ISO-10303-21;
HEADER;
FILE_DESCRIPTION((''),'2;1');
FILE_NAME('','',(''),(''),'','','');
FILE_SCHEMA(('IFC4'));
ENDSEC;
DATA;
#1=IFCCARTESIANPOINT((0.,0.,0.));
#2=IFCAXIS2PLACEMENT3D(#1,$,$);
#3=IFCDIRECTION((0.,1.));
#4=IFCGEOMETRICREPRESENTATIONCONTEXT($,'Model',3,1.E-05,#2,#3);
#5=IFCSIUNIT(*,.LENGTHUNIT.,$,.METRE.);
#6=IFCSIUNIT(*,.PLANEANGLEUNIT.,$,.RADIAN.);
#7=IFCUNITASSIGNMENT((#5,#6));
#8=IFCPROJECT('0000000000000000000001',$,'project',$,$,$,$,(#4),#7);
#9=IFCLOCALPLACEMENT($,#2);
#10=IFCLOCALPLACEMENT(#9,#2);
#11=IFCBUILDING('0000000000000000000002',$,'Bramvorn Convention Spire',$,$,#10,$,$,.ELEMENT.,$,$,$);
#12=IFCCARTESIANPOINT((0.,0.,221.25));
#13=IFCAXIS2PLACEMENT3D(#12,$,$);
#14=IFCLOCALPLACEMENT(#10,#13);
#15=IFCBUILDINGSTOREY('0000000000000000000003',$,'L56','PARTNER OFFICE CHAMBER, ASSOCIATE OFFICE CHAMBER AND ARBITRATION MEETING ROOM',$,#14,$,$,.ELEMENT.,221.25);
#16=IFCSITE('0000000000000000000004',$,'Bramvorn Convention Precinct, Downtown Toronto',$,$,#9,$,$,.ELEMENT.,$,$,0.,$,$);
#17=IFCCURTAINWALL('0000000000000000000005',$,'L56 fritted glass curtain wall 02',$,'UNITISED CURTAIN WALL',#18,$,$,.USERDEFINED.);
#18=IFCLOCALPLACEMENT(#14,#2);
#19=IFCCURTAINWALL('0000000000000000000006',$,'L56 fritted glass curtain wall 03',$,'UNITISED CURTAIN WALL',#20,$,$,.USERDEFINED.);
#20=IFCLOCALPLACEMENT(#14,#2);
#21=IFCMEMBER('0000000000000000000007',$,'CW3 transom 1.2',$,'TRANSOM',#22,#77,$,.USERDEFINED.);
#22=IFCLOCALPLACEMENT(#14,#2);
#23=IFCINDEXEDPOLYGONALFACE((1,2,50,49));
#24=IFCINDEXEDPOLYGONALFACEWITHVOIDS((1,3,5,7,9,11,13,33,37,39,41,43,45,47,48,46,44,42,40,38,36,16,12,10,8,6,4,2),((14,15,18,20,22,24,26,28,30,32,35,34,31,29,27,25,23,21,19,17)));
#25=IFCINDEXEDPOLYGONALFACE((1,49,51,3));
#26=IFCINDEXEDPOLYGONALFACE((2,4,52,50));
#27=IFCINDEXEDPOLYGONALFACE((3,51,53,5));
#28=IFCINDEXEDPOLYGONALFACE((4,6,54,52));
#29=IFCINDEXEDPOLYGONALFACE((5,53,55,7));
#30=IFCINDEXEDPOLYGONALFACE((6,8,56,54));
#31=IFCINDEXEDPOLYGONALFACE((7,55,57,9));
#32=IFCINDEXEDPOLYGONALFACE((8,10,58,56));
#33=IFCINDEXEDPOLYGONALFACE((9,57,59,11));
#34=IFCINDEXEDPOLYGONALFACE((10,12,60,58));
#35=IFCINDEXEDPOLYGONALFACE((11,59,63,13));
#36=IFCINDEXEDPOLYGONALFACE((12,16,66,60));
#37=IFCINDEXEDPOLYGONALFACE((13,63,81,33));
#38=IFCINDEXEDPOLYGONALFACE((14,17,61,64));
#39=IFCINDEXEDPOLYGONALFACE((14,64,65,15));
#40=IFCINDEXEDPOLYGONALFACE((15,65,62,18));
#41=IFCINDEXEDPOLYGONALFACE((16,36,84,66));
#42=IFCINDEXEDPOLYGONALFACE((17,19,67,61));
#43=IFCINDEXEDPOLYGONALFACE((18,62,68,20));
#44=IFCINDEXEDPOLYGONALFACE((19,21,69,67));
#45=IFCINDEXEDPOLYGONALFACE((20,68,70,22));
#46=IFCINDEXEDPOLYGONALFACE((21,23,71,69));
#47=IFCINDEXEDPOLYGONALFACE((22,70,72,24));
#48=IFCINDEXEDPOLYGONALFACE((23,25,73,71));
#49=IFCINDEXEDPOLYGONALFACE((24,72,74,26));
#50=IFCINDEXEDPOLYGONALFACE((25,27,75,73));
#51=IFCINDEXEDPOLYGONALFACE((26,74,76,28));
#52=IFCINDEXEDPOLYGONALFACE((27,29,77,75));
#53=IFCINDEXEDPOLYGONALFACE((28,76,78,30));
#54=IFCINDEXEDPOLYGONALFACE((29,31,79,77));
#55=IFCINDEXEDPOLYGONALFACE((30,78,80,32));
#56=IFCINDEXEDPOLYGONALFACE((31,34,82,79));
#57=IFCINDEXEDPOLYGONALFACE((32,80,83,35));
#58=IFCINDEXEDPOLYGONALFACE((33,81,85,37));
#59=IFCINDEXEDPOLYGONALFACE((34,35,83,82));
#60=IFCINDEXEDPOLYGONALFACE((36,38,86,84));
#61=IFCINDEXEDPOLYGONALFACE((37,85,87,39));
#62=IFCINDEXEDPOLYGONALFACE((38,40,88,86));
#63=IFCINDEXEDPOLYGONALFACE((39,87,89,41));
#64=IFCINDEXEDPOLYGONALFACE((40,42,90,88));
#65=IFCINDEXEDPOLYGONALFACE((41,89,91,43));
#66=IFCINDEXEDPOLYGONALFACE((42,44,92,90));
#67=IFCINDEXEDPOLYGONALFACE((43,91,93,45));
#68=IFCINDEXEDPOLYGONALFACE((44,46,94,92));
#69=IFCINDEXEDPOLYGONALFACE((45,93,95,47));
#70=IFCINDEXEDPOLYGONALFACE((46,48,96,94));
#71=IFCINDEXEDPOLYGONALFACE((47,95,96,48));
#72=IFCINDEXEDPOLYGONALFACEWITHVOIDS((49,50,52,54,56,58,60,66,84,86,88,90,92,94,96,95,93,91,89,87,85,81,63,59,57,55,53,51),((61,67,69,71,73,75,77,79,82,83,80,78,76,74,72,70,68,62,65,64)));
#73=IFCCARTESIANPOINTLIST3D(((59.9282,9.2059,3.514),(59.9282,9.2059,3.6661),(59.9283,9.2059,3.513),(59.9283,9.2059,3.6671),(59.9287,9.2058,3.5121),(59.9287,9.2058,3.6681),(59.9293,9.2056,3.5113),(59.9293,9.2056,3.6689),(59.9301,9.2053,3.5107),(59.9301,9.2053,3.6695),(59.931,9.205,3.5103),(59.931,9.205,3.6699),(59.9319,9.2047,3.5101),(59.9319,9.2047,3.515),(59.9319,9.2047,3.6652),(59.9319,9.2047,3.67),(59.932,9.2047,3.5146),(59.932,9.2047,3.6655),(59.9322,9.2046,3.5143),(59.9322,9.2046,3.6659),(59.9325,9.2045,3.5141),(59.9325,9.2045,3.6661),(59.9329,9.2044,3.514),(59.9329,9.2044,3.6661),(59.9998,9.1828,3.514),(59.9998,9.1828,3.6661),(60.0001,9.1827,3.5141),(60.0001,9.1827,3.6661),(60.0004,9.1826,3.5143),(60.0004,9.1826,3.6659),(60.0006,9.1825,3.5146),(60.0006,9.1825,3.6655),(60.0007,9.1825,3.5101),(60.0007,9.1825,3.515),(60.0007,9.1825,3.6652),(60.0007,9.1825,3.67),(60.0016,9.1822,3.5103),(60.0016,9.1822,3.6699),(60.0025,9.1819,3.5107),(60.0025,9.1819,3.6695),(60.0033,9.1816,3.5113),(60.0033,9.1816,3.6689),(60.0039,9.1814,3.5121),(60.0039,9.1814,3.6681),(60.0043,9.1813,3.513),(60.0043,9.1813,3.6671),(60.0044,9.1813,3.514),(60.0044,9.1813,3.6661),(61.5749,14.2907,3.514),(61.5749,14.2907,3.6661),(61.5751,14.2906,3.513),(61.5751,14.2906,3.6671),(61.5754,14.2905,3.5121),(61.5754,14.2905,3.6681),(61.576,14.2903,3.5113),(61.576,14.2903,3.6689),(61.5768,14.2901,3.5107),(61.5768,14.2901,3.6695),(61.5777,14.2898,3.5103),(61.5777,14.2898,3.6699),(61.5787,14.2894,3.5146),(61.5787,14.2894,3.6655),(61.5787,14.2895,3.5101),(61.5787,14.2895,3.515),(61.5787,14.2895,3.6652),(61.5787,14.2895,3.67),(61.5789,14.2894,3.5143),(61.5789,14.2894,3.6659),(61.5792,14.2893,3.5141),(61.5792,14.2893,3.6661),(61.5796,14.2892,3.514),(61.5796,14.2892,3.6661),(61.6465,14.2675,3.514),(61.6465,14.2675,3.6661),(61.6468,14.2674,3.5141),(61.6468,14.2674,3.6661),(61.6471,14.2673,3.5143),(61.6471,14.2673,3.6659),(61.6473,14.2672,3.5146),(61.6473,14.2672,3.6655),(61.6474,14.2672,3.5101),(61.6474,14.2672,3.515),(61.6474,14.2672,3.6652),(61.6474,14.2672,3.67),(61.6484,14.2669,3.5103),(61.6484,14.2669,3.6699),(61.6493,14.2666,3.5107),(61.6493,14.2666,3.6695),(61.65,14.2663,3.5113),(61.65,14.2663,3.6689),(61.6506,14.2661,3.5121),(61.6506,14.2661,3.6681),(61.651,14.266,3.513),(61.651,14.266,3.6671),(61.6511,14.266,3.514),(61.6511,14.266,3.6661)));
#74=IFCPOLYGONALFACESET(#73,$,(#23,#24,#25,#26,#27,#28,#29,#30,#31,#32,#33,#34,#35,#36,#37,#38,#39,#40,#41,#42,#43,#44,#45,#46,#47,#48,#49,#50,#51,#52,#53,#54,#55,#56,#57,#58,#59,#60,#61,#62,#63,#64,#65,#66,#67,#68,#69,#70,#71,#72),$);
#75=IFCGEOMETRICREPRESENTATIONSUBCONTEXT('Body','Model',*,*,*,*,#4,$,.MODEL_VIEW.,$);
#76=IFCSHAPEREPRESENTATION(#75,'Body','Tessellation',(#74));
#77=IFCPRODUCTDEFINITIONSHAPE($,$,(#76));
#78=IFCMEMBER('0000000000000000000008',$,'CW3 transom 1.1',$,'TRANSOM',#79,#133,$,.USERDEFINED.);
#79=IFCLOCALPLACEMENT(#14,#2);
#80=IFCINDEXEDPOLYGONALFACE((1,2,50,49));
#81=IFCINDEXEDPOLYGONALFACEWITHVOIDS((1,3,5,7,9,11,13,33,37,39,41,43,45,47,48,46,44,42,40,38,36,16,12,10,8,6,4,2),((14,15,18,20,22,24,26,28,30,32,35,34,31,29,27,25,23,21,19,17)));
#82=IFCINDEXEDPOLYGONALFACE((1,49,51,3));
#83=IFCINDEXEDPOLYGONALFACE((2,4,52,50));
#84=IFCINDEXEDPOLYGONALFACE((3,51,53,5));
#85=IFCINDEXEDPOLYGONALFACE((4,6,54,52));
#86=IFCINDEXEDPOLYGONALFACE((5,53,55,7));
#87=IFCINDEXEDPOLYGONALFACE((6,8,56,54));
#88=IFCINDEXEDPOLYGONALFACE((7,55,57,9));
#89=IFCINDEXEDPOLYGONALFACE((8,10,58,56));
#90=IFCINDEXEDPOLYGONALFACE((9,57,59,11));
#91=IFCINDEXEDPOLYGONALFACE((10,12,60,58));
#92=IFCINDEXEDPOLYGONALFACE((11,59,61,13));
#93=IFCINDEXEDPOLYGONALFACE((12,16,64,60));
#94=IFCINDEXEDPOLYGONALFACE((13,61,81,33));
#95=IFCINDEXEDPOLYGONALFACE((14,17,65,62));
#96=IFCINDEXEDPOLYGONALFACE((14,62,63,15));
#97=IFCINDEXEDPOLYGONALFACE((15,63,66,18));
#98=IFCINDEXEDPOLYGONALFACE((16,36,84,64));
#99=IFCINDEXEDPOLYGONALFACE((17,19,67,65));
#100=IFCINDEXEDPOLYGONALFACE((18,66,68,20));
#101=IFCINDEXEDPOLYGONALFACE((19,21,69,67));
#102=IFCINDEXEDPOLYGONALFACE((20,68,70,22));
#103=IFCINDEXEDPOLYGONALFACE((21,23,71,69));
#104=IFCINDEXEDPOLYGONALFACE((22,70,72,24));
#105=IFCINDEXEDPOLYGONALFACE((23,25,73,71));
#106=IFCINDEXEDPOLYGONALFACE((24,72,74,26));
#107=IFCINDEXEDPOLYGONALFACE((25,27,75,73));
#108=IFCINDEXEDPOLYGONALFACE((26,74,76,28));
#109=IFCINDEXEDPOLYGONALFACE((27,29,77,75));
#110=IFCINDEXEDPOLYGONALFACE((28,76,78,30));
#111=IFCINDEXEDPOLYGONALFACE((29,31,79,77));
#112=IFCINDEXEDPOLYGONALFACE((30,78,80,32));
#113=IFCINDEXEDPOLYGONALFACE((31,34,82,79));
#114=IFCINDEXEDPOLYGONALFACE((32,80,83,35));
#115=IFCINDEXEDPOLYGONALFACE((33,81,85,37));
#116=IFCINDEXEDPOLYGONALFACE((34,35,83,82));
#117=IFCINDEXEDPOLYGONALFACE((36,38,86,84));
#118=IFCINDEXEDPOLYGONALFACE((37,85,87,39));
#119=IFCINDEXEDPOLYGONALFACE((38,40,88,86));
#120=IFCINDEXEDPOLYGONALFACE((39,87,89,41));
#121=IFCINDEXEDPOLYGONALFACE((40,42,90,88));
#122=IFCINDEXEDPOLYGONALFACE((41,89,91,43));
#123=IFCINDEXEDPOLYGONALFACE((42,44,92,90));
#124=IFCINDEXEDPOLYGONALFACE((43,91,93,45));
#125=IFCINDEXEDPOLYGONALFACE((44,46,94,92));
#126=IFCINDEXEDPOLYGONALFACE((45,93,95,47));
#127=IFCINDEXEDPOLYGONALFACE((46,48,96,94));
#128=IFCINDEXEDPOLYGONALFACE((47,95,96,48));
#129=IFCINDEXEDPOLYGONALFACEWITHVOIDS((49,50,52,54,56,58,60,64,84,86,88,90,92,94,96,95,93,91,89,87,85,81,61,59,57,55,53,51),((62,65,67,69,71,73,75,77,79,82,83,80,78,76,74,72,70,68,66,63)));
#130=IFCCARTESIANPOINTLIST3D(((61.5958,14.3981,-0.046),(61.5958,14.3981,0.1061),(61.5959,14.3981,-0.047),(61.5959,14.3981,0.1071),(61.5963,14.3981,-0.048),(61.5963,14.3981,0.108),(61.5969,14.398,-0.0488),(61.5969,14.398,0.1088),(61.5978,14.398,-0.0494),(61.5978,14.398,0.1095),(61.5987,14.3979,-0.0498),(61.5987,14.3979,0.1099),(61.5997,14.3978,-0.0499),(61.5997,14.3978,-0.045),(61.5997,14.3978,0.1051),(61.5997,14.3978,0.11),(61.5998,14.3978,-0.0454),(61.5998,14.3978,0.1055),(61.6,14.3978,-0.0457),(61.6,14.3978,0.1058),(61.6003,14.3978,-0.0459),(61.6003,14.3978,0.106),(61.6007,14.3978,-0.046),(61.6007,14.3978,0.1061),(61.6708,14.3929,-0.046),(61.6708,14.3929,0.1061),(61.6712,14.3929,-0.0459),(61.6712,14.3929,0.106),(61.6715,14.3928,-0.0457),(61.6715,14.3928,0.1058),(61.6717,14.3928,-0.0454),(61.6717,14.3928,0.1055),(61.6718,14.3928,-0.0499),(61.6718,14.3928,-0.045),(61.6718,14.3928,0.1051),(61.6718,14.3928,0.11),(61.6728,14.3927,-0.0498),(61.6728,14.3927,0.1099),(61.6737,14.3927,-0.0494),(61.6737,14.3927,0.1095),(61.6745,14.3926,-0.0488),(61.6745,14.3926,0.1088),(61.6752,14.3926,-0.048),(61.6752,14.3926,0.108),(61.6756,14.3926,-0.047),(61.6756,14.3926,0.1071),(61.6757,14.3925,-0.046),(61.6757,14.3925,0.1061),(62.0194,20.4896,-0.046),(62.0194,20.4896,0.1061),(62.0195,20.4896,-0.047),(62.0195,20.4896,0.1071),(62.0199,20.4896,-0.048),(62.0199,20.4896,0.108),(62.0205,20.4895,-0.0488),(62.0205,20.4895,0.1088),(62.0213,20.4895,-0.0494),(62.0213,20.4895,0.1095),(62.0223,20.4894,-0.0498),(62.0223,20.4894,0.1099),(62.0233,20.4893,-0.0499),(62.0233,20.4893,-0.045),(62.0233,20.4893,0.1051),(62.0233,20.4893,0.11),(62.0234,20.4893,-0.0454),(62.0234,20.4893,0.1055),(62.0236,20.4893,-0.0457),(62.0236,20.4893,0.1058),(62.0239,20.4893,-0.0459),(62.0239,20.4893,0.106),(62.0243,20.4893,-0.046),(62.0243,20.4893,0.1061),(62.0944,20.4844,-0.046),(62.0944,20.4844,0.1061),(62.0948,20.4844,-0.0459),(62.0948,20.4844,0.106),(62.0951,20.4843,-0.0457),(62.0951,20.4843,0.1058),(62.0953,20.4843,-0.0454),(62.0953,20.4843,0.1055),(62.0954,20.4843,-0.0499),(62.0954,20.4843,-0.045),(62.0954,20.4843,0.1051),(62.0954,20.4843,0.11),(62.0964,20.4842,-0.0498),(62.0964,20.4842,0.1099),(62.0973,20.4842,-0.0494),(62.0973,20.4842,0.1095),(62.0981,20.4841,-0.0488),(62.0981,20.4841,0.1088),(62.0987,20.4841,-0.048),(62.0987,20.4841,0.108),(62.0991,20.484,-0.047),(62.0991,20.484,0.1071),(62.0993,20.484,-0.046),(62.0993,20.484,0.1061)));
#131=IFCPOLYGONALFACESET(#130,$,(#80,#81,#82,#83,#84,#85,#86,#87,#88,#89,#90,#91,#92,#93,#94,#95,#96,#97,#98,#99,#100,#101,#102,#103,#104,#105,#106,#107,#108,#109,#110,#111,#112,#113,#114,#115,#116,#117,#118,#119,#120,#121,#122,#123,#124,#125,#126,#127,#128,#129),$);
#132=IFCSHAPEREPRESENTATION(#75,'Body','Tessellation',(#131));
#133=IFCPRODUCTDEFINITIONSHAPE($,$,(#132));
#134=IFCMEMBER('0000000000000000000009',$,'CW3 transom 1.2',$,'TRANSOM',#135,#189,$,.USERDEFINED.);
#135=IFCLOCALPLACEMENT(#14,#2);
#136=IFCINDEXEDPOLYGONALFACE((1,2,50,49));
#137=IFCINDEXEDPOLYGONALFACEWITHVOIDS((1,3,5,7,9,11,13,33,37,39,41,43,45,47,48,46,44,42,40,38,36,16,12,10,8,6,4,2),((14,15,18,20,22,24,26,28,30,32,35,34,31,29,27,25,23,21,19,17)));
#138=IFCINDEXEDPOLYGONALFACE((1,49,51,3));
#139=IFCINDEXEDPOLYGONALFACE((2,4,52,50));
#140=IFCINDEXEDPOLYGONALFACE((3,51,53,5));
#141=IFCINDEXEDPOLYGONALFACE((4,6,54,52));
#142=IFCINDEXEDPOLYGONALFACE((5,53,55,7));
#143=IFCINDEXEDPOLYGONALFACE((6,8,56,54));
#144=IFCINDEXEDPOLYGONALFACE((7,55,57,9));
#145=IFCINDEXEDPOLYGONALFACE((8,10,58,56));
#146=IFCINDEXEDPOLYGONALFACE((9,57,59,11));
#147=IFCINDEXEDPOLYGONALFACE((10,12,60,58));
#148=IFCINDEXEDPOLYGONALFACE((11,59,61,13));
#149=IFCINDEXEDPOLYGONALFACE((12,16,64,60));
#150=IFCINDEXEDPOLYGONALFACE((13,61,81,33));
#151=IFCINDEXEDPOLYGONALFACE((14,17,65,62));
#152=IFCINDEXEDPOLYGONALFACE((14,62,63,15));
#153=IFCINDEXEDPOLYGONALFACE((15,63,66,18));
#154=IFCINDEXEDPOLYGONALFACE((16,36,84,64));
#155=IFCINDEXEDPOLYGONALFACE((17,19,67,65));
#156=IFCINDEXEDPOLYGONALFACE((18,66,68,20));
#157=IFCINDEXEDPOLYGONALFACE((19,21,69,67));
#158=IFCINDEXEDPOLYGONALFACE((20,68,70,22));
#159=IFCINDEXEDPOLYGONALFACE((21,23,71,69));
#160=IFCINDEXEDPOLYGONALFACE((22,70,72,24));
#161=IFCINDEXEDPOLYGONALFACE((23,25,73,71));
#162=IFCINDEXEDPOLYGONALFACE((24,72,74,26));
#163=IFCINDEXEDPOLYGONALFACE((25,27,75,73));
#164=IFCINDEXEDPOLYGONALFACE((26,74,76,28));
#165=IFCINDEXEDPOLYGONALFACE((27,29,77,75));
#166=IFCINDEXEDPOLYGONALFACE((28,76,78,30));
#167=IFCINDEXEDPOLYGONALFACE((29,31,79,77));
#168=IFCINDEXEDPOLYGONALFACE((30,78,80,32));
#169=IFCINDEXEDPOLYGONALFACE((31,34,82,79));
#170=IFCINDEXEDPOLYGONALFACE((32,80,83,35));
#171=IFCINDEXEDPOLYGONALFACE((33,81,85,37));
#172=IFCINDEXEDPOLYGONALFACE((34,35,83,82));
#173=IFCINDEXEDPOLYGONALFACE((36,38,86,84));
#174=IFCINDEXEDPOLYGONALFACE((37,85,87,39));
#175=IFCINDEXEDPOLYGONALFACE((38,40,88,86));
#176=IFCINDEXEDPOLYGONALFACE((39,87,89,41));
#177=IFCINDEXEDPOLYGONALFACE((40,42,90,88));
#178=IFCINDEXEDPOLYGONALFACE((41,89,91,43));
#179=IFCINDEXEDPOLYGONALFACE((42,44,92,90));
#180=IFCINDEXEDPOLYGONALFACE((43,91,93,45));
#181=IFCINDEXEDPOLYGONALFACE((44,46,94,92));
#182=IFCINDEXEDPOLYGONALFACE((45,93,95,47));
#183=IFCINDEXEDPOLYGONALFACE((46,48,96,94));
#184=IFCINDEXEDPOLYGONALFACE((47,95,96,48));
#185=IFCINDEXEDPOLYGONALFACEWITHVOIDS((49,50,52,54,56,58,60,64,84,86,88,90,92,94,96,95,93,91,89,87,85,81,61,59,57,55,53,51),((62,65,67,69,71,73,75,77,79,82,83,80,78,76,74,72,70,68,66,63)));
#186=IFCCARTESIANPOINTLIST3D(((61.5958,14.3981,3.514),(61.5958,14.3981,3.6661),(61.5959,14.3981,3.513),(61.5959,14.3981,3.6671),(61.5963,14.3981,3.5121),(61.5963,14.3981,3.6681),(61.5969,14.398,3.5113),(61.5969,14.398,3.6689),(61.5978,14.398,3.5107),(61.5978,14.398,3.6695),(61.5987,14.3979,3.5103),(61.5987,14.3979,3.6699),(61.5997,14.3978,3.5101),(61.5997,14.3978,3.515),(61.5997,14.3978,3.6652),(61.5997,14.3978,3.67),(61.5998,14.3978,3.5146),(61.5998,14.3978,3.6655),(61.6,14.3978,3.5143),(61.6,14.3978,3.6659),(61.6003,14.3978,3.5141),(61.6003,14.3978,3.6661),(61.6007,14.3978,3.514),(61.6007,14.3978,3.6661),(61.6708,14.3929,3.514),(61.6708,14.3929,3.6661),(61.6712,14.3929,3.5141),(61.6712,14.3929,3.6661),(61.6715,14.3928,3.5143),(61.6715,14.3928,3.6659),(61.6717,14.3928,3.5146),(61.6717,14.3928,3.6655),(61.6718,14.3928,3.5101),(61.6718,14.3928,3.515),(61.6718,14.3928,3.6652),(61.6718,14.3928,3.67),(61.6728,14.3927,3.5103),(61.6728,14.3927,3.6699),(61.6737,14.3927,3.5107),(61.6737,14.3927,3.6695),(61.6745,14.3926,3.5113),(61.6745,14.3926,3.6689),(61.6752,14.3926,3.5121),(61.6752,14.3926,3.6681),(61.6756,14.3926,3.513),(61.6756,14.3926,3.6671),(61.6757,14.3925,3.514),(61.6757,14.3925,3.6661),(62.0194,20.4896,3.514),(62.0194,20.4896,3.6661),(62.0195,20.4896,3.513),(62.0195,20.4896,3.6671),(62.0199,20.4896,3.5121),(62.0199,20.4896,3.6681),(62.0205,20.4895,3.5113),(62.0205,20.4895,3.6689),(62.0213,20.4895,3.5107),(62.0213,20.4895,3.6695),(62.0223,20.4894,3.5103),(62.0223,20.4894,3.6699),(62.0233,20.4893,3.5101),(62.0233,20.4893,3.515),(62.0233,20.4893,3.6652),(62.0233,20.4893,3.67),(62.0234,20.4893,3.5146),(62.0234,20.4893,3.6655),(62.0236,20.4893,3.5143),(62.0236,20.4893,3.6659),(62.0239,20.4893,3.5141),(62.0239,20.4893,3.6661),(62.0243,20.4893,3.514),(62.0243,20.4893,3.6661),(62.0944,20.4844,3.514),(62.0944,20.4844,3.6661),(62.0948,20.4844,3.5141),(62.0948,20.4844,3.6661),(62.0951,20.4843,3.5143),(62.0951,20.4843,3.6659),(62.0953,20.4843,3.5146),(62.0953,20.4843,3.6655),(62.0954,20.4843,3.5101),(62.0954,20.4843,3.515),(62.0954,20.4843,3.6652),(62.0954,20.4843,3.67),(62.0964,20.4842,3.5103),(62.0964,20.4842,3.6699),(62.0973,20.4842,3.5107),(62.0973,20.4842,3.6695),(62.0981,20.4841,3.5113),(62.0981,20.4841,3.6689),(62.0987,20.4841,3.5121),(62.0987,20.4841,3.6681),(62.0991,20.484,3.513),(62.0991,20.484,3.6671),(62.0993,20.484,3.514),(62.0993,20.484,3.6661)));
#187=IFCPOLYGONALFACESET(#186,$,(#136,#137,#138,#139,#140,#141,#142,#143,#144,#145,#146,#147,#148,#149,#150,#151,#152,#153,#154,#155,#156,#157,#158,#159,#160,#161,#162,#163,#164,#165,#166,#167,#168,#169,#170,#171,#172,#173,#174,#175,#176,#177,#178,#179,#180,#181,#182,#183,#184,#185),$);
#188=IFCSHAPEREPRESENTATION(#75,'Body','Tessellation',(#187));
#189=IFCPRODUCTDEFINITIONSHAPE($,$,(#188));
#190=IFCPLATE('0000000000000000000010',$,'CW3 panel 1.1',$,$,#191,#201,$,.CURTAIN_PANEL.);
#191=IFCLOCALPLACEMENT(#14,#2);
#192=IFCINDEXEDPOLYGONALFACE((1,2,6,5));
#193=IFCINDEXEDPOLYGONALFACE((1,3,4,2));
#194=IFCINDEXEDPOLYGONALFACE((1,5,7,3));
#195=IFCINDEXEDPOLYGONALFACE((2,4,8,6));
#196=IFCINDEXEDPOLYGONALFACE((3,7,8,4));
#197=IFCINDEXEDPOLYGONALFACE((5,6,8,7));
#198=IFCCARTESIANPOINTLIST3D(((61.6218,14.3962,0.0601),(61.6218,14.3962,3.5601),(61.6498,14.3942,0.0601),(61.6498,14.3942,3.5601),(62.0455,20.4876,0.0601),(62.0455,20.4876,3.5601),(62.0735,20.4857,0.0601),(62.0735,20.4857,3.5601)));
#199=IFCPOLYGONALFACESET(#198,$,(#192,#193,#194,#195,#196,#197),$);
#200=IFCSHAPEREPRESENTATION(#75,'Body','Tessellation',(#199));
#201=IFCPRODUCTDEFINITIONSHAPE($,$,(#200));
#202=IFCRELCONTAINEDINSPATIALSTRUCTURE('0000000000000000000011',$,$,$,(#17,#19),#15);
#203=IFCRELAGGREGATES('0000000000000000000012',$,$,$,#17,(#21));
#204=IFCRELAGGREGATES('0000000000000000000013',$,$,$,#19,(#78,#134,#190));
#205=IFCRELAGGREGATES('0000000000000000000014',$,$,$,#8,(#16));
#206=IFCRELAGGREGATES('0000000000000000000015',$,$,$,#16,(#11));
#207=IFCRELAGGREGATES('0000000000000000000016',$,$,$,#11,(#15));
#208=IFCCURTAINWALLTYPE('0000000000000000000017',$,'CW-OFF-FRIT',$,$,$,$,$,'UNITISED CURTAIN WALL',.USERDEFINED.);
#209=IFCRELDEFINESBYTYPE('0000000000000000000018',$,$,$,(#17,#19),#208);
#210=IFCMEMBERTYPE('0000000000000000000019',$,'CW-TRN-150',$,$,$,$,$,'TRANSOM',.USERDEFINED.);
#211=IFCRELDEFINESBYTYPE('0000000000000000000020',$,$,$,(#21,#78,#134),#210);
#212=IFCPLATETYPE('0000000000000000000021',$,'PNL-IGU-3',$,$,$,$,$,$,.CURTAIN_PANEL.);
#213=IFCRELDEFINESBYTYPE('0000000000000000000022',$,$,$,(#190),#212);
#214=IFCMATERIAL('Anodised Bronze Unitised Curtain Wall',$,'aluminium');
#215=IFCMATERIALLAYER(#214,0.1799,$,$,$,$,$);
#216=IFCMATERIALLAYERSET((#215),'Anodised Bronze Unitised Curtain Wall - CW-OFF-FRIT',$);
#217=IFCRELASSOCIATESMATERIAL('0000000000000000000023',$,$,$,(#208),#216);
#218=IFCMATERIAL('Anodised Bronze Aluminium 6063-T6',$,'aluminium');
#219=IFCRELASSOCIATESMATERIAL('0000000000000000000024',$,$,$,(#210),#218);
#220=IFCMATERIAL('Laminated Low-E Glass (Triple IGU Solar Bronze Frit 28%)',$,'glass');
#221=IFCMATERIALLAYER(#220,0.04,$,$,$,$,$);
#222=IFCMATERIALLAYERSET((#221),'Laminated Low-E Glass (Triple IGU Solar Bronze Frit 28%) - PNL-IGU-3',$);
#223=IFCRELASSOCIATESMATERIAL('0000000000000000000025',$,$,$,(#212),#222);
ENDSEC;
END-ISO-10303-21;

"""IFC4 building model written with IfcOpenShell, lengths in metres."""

from ifc_helpers import new_model, si_unit, direction, frame, origin, origin_2d, place, context, subcontext, project, spatial, rectangle, hollow_rectangle, extrude, material, layer, layer_set, material_profile, profile_set, type_object, element, aggregate, save


model = new_model("IFC4")

# Units and contexts
model_context = context("Model", 3, precision=1e-05, world=origin(), true_north=direction((0.0, 1.0)))
body_context = subcontext(model_context, "Body", "Model", "MODEL_VIEW")
ifc_project = project(units=[si_unit("LENGTHUNIT", "METRE"), si_unit("PLANEANGLEUNIT", "RADIAN")], contexts=[model_context])

# Site, building, storey
site_placement = place(None, origin())
site = spatial("IfcSite", under=ifc_project, at=site_placement, Name="Bramvorn Convention Precinct, Downtown Toronto", CompositionType="ELEMENT", RefElevation=0.0)
building_placement = place(site_placement, origin())
building = spatial("IfcBuilding", under=site, at=building_placement, Name="Bramvorn Convention Spire", CompositionType="ELEMENT")
storey_placement = place(building_placement, frame((0.0, 0.0, 221.25)))
storey = spatial("IfcBuildingStorey", under=building, at=storey_placement, Name="L56", Description="PARTNER OFFICE CHAMBER, ASSOCIATE OFFICE CHAMBER AND ARBITRATION MEETING ROOM", CompositionType="ELEMENT", Elevation=221.25)

# Curtain wall
ifc_material_1 = material(Name="Anodised Bronze Unitised Curtain Wall", Category="aluminium")
ifc_layer_1 = layer(ifc_material_1, 0.1799)
ifc_layer_set_1 = layer_set([ifc_layer_1], Name="Anodised Bronze Unitised Curtain Wall - CW-OFF-FRIT")
curtain_wall_type = type_object("IfcCurtainWallType", Name="CW-OFF-FRIT", ElementType="UNITISED CURTAIN WALL", PredefinedType="USERDEFINED", material=ifc_layer_set_1)
curtain_wall_1_placement = place(storey_placement, origin())
curtain_wall_1 = element("IfcCurtainWall", 1, at=curtain_wall_1_placement, inside=storey, type_object=curtain_wall_type, Name="L56 fritted glass curtain wall 02", ObjectType="UNITISED CURTAIN WALL", PredefinedType="USERDEFINED")
ifc_material_2 = material(Name="Anodised Bronze Aluminium 6063-T6", Category="aluminium")

# Curtain wall
curtain_wall_2_placement = place(storey_placement, origin())
curtain_wall_2 = element("IfcCurtainWall", 2, at=curtain_wall_2_placement, inside=storey, type_object=curtain_wall_type, Name="L56 fritted glass curtain wall 03", ObjectType="UNITISED CURTAIN WALL", PredefinedType="USERDEFINED")

# Members
ifc_material_profile_1 = material_profile(ifc_material_2, hollow_rectangle(XDim=0.0801, YDim=0.1599, WallThickness=0.0039, InnerFilletRadius=0.001, OuterFilletRadius=0.0039, at=origin_2d()))
ifc_profile_set_1 = profile_set([ifc_material_profile_1], Name="Anodised Bronze Aluminium 6063-T6 - CWT80X160")
member_type_1 = type_object("IfcMemberType", Name="CW-TRN-150", ElementType="TRANSOM", PredefinedType="USERDEFINED", material=ifc_profile_set_1)
member_1_placement = place(storey_placement, frame((61.613, 14.2783, 3.5901), z_axis=(-0.308104, -0.951353, 0.0), x_axis=(0.951353, -0.308104, 0.0)))
member_1 = element("IfcMember", 3, at=member_1_placement, type_object=member_type_1, Name="CW3 transom 1.2", ObjectType="TRANSOM", PredefinedType="USERDEFINED", context=body_context, shape_type="SweptSolid", body=[
    extrude(hollow_rectangle(XDim=0.0801, YDim=0.1599, WallThickness=0.0039, InnerFilletRadius=0.001, OuterFilletRadius=0.0039, at=origin_2d()), origin(), (0.0, 0.0, 1.0), 5.3447),
])
aggregate(curtain_wall_1, [member_1])
member_2_placement = place(storey_placement, frame((62.0593, 20.4868, 0.03), z_axis=(-0.069369, -0.997591, 0.0), x_axis=(0.997591, -0.069369, 0.0)))
member_2 = element("IfcMember", 4, at=member_2_placement, type_object=member_type_1, Name="CW3 transom 1.1", ObjectType="TRANSOM", PredefinedType="USERDEFINED", context=body_context, shape_type="SweptSolid", body=[
    extrude(hollow_rectangle(XDim=0.0801, YDim=0.1599, WallThickness=0.0039, InnerFilletRadius=0.001, OuterFilletRadius=0.0039, at=origin_2d()), origin(), (0.0, 0.0, 1.0), 6.1062),
])
member_3_placement = place(storey_placement, frame((62.0593, 20.4868, 3.5901), z_axis=(-0.069369, -0.997591, 0.0), x_axis=(0.997591, -0.069369, 0.0)))
member_3 = element("IfcMember", 5, at=member_3_placement, type_object=member_type_1, Name="CW3 transom 1.2", ObjectType="TRANSOM", PredefinedType="USERDEFINED", context=body_context, shape_type="SweptSolid", body=[
    extrude(hollow_rectangle(XDim=0.0801, YDim=0.1599, WallThickness=0.0039, InnerFilletRadius=0.001, OuterFilletRadius=0.0039, at=origin_2d()), origin(), (0.0, 0.0, 1.0), 6.1062),
])

# Plate
ifc_material_3 = material(Name="Laminated Low-E Glass (Triple IGU Solar Bronze Frit 28%)", Category="glass")
ifc_layer_2 = layer(ifc_material_3, 0.04)
ifc_layer_set_2 = layer_set([ifc_layer_2], Name="Laminated Low-E Glass (Triple IGU Solar Bronze Frit 28%) - PNL-IGU-3")
plate_type = type_object("IfcPlateType", Name="PNL-IGU-3", PredefinedType="CURTAIN_PANEL", material=ifc_layer_set_2)
plate_placement = place(storey_placement, frame((61.8477, 17.4409, 0.0601), z_axis=(0.0, 0.0, 1.0), x_axis=(-0.069399, -0.997589, 0.0)))
plate = element("IfcPlate", 6, at=plate_placement, type_object=plate_type, Name="CW3 panel 1.1", PredefinedType="CURTAIN_PANEL", context=body_context, shape_type="SweptSolid", body=[
    extrude(rectangle(XDim=6.1062, YDim=0.0281, at=origin_2d()), origin(), (0.0, 0.0, 1.0), 3.5),
])
aggregate(curtain_wall_2, [member_2, member_3, plate])

save(model, "model.ifc")
